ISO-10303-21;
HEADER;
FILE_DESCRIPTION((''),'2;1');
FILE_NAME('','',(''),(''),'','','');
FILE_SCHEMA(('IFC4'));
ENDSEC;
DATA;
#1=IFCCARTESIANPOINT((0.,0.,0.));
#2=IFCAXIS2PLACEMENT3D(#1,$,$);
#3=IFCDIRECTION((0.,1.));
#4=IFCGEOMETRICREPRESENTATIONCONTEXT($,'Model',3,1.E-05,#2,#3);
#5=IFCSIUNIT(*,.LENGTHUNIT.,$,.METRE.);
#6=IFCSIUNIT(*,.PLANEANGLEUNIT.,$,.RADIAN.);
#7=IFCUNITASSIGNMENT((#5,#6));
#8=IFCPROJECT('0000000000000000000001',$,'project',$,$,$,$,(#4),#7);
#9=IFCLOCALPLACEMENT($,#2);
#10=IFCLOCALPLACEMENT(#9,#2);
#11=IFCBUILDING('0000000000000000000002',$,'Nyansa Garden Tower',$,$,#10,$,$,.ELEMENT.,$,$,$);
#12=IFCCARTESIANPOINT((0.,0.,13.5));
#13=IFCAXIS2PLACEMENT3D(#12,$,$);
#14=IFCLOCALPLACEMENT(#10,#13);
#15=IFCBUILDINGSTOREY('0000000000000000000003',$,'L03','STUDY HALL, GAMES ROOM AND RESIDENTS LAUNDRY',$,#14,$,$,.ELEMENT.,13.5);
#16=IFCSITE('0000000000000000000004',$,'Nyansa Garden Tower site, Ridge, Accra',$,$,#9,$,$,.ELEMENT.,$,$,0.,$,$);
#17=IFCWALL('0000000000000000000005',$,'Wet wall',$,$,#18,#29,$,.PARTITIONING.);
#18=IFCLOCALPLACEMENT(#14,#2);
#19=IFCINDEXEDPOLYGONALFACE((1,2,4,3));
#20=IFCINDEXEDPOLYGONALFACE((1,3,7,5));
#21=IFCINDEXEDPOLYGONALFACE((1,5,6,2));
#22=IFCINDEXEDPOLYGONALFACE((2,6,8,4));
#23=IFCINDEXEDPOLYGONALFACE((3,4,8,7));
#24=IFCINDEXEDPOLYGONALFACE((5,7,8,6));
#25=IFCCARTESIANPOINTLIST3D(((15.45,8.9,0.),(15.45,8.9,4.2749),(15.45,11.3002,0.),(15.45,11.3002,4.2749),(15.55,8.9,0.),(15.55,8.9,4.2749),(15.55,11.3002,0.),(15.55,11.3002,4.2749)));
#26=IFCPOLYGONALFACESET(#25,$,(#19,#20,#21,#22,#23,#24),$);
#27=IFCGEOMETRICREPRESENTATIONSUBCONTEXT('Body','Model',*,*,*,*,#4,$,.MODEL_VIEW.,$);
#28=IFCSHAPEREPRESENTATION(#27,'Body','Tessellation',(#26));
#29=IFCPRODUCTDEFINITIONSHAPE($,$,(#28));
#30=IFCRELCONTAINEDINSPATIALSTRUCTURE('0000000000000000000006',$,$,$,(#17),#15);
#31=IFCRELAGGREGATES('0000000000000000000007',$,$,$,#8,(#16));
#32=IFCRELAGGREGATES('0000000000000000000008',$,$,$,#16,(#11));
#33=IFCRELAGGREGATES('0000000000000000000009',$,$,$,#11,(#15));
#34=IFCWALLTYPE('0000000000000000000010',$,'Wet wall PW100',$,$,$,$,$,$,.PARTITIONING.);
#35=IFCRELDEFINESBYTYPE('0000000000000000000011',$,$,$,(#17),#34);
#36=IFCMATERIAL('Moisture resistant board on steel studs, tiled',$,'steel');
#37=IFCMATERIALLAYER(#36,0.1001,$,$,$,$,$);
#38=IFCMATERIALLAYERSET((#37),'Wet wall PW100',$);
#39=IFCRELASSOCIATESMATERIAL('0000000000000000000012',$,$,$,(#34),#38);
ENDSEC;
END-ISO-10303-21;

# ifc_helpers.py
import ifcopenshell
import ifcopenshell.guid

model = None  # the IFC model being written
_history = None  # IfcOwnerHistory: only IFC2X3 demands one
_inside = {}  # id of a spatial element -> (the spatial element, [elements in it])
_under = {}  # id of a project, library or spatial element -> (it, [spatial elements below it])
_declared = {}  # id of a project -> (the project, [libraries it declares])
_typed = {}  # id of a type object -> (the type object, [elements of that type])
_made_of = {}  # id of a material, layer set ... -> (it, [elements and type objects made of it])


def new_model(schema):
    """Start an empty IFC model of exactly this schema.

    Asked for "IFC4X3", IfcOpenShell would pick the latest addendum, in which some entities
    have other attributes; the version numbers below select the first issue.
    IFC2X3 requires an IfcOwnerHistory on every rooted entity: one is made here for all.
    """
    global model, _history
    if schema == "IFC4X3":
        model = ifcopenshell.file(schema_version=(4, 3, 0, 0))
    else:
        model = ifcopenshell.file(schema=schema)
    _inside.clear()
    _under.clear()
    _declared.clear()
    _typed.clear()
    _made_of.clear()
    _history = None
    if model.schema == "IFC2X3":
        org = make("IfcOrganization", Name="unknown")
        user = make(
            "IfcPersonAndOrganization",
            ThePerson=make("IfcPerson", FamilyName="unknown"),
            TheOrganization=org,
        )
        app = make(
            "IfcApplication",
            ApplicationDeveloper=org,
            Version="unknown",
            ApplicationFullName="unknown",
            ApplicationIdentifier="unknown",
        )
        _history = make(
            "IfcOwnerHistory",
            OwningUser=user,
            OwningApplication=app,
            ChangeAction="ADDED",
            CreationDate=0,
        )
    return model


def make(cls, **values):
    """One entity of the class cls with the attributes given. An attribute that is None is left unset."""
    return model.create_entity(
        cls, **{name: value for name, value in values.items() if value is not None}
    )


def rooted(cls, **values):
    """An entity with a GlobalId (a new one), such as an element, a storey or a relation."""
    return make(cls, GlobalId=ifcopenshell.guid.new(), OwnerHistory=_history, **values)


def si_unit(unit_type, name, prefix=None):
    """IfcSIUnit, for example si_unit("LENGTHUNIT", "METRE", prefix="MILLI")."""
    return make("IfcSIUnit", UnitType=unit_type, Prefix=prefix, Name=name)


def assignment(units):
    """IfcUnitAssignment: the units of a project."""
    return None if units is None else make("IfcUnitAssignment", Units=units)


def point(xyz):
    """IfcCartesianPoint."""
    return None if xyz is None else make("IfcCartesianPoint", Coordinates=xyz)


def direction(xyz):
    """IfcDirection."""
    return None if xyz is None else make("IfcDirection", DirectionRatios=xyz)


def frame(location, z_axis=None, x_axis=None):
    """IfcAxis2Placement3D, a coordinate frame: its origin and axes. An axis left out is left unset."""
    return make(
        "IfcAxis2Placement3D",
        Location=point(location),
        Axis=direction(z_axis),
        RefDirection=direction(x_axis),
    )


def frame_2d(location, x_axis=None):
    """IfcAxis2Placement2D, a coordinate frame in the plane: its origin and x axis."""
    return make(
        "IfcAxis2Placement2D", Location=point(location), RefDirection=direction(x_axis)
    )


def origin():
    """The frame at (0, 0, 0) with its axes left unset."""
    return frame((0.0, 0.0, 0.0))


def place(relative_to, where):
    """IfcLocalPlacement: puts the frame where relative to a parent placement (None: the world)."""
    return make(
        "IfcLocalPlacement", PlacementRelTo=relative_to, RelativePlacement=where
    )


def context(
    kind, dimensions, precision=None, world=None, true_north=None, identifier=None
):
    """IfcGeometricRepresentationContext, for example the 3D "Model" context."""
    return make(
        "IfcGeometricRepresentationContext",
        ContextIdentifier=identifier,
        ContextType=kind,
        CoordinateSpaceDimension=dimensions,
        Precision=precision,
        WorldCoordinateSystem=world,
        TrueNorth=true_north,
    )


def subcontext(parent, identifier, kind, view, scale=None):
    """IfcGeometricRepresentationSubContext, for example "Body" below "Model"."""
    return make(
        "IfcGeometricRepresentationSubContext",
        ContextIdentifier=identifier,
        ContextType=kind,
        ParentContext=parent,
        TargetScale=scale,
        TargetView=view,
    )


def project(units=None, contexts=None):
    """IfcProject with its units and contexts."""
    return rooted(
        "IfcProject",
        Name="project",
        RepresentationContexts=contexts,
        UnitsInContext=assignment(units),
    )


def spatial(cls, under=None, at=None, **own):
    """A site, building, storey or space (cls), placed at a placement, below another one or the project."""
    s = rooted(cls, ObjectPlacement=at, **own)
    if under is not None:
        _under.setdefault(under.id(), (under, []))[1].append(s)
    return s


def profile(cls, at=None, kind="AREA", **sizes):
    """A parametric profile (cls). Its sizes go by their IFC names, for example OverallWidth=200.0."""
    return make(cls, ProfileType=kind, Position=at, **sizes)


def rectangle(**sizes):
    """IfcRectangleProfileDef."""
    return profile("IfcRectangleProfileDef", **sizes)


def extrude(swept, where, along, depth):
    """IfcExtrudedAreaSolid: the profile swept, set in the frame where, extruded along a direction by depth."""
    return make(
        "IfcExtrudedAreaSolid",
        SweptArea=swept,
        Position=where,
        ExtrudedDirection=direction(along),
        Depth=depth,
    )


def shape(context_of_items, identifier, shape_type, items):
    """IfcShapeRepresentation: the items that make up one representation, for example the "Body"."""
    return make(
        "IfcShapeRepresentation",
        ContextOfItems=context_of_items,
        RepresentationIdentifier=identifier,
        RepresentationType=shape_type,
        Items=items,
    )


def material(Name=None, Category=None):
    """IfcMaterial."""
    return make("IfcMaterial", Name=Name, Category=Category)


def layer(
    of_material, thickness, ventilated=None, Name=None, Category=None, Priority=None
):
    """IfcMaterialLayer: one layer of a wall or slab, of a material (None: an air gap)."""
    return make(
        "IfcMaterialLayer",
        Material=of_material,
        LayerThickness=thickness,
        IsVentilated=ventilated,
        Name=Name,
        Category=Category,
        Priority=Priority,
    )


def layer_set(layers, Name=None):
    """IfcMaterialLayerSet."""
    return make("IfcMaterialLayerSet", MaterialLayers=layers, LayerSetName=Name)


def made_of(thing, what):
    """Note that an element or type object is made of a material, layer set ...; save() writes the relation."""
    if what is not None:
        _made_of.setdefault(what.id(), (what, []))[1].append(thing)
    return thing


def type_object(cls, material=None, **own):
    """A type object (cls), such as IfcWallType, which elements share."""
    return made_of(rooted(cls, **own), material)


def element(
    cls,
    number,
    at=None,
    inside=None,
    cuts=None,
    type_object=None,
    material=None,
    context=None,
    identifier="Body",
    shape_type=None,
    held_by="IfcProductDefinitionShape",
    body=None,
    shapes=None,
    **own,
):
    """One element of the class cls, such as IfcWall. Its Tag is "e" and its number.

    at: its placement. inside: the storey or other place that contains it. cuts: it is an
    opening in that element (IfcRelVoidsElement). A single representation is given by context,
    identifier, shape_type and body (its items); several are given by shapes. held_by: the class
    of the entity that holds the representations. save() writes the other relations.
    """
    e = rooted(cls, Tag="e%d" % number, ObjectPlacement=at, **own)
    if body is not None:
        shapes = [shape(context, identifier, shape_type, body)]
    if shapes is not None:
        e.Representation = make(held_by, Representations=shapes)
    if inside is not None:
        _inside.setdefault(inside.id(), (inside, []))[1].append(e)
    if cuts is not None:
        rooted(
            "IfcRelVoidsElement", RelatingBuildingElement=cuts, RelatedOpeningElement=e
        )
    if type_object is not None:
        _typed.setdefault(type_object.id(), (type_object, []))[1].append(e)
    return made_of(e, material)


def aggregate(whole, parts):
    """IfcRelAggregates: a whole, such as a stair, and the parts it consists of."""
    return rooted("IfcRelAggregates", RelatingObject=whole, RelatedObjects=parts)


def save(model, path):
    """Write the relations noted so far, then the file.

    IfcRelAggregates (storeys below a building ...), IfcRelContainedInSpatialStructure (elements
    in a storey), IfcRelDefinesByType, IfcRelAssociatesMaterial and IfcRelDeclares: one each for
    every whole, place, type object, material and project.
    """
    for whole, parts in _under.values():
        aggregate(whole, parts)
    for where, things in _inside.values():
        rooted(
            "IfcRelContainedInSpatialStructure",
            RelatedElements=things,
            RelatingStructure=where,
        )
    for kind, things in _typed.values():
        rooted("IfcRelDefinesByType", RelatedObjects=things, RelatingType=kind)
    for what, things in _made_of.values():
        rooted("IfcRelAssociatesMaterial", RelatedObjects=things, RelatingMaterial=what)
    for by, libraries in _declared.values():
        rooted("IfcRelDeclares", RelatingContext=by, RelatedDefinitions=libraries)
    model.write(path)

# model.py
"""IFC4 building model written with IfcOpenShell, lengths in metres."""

from ifc_helpers import new_model, si_unit, direction, frame, frame_2d, origin, place, context, subcontext, project, spatial, rectangle, extrude, material, layer, layer_set, type_object, element, save


model = new_model("IFC4")

# Units and contexts
model_context = context("Model", 3, precision=1e-05, world=origin(), true_north=direction((0.0, 1.0)))
body_context = subcontext(model_context, "Body", "Model", "MODEL_VIEW")
ifc_project = project(units=[si_unit("LENGTHUNIT", "METRE"), si_unit("PLANEANGLEUNIT", "RADIAN")], contexts=[model_context])

# Site, building, storey
site_placement = place(None, origin())
site = spatial("IfcSite", under=ifc_project, at=site_placement, Name="Nyansa Garden Tower site, Ridge, Accra", CompositionType="ELEMENT", RefElevation=0.0)
building_placement = place(site_placement, origin())
building = spatial("IfcBuilding", under=site, at=building_placement, Name="Nyansa Garden Tower", CompositionType="ELEMENT")
storey_placement = place(building_placement, frame((0.0, 0.0, 13.5)))
storey = spatial("IfcBuildingStorey", under=building, at=storey_placement, Name="L03", Description="STUDY HALL, GAMES ROOM AND RESIDENTS LAUNDRY", CompositionType="ELEMENT", Elevation=13.5)

# Wall
ifc_material_1 = material(Name="Moisture resistant board on steel studs, tiled", Category="steel")
ifc_layer_1 = layer(ifc_material_1, 0.1001)
ifc_layer_set_1 = layer_set([ifc_layer_1], Name="Wet wall PW100")
wall_type_1 = type_object("IfcWallType", Name="Wet wall PW100", PredefinedType="PARTITIONING", material=ifc_layer_set_1)
wall_1_placement = place(storey_placement, frame((15.5, 8.8999, 0.0), z_axis=(0.0, 0.0, 1.0), x_axis=(0.0, 1.0, 0.0)))
element("IfcWall", 1, at=wall_1_placement, inside=storey, type_object=wall_type_1, Name="Wet wall", PredefinedType="PARTITIONING", context=body_context, shape_type="SweptSolid", body=[
    extrude(rectangle(XDim=2.4001, YDim=0.1001, at=frame_2d((1.2002, 0.0))), origin(), (0.0, 0.0, 1.0), 4.2749),
])

save(model, "model.ifc")
